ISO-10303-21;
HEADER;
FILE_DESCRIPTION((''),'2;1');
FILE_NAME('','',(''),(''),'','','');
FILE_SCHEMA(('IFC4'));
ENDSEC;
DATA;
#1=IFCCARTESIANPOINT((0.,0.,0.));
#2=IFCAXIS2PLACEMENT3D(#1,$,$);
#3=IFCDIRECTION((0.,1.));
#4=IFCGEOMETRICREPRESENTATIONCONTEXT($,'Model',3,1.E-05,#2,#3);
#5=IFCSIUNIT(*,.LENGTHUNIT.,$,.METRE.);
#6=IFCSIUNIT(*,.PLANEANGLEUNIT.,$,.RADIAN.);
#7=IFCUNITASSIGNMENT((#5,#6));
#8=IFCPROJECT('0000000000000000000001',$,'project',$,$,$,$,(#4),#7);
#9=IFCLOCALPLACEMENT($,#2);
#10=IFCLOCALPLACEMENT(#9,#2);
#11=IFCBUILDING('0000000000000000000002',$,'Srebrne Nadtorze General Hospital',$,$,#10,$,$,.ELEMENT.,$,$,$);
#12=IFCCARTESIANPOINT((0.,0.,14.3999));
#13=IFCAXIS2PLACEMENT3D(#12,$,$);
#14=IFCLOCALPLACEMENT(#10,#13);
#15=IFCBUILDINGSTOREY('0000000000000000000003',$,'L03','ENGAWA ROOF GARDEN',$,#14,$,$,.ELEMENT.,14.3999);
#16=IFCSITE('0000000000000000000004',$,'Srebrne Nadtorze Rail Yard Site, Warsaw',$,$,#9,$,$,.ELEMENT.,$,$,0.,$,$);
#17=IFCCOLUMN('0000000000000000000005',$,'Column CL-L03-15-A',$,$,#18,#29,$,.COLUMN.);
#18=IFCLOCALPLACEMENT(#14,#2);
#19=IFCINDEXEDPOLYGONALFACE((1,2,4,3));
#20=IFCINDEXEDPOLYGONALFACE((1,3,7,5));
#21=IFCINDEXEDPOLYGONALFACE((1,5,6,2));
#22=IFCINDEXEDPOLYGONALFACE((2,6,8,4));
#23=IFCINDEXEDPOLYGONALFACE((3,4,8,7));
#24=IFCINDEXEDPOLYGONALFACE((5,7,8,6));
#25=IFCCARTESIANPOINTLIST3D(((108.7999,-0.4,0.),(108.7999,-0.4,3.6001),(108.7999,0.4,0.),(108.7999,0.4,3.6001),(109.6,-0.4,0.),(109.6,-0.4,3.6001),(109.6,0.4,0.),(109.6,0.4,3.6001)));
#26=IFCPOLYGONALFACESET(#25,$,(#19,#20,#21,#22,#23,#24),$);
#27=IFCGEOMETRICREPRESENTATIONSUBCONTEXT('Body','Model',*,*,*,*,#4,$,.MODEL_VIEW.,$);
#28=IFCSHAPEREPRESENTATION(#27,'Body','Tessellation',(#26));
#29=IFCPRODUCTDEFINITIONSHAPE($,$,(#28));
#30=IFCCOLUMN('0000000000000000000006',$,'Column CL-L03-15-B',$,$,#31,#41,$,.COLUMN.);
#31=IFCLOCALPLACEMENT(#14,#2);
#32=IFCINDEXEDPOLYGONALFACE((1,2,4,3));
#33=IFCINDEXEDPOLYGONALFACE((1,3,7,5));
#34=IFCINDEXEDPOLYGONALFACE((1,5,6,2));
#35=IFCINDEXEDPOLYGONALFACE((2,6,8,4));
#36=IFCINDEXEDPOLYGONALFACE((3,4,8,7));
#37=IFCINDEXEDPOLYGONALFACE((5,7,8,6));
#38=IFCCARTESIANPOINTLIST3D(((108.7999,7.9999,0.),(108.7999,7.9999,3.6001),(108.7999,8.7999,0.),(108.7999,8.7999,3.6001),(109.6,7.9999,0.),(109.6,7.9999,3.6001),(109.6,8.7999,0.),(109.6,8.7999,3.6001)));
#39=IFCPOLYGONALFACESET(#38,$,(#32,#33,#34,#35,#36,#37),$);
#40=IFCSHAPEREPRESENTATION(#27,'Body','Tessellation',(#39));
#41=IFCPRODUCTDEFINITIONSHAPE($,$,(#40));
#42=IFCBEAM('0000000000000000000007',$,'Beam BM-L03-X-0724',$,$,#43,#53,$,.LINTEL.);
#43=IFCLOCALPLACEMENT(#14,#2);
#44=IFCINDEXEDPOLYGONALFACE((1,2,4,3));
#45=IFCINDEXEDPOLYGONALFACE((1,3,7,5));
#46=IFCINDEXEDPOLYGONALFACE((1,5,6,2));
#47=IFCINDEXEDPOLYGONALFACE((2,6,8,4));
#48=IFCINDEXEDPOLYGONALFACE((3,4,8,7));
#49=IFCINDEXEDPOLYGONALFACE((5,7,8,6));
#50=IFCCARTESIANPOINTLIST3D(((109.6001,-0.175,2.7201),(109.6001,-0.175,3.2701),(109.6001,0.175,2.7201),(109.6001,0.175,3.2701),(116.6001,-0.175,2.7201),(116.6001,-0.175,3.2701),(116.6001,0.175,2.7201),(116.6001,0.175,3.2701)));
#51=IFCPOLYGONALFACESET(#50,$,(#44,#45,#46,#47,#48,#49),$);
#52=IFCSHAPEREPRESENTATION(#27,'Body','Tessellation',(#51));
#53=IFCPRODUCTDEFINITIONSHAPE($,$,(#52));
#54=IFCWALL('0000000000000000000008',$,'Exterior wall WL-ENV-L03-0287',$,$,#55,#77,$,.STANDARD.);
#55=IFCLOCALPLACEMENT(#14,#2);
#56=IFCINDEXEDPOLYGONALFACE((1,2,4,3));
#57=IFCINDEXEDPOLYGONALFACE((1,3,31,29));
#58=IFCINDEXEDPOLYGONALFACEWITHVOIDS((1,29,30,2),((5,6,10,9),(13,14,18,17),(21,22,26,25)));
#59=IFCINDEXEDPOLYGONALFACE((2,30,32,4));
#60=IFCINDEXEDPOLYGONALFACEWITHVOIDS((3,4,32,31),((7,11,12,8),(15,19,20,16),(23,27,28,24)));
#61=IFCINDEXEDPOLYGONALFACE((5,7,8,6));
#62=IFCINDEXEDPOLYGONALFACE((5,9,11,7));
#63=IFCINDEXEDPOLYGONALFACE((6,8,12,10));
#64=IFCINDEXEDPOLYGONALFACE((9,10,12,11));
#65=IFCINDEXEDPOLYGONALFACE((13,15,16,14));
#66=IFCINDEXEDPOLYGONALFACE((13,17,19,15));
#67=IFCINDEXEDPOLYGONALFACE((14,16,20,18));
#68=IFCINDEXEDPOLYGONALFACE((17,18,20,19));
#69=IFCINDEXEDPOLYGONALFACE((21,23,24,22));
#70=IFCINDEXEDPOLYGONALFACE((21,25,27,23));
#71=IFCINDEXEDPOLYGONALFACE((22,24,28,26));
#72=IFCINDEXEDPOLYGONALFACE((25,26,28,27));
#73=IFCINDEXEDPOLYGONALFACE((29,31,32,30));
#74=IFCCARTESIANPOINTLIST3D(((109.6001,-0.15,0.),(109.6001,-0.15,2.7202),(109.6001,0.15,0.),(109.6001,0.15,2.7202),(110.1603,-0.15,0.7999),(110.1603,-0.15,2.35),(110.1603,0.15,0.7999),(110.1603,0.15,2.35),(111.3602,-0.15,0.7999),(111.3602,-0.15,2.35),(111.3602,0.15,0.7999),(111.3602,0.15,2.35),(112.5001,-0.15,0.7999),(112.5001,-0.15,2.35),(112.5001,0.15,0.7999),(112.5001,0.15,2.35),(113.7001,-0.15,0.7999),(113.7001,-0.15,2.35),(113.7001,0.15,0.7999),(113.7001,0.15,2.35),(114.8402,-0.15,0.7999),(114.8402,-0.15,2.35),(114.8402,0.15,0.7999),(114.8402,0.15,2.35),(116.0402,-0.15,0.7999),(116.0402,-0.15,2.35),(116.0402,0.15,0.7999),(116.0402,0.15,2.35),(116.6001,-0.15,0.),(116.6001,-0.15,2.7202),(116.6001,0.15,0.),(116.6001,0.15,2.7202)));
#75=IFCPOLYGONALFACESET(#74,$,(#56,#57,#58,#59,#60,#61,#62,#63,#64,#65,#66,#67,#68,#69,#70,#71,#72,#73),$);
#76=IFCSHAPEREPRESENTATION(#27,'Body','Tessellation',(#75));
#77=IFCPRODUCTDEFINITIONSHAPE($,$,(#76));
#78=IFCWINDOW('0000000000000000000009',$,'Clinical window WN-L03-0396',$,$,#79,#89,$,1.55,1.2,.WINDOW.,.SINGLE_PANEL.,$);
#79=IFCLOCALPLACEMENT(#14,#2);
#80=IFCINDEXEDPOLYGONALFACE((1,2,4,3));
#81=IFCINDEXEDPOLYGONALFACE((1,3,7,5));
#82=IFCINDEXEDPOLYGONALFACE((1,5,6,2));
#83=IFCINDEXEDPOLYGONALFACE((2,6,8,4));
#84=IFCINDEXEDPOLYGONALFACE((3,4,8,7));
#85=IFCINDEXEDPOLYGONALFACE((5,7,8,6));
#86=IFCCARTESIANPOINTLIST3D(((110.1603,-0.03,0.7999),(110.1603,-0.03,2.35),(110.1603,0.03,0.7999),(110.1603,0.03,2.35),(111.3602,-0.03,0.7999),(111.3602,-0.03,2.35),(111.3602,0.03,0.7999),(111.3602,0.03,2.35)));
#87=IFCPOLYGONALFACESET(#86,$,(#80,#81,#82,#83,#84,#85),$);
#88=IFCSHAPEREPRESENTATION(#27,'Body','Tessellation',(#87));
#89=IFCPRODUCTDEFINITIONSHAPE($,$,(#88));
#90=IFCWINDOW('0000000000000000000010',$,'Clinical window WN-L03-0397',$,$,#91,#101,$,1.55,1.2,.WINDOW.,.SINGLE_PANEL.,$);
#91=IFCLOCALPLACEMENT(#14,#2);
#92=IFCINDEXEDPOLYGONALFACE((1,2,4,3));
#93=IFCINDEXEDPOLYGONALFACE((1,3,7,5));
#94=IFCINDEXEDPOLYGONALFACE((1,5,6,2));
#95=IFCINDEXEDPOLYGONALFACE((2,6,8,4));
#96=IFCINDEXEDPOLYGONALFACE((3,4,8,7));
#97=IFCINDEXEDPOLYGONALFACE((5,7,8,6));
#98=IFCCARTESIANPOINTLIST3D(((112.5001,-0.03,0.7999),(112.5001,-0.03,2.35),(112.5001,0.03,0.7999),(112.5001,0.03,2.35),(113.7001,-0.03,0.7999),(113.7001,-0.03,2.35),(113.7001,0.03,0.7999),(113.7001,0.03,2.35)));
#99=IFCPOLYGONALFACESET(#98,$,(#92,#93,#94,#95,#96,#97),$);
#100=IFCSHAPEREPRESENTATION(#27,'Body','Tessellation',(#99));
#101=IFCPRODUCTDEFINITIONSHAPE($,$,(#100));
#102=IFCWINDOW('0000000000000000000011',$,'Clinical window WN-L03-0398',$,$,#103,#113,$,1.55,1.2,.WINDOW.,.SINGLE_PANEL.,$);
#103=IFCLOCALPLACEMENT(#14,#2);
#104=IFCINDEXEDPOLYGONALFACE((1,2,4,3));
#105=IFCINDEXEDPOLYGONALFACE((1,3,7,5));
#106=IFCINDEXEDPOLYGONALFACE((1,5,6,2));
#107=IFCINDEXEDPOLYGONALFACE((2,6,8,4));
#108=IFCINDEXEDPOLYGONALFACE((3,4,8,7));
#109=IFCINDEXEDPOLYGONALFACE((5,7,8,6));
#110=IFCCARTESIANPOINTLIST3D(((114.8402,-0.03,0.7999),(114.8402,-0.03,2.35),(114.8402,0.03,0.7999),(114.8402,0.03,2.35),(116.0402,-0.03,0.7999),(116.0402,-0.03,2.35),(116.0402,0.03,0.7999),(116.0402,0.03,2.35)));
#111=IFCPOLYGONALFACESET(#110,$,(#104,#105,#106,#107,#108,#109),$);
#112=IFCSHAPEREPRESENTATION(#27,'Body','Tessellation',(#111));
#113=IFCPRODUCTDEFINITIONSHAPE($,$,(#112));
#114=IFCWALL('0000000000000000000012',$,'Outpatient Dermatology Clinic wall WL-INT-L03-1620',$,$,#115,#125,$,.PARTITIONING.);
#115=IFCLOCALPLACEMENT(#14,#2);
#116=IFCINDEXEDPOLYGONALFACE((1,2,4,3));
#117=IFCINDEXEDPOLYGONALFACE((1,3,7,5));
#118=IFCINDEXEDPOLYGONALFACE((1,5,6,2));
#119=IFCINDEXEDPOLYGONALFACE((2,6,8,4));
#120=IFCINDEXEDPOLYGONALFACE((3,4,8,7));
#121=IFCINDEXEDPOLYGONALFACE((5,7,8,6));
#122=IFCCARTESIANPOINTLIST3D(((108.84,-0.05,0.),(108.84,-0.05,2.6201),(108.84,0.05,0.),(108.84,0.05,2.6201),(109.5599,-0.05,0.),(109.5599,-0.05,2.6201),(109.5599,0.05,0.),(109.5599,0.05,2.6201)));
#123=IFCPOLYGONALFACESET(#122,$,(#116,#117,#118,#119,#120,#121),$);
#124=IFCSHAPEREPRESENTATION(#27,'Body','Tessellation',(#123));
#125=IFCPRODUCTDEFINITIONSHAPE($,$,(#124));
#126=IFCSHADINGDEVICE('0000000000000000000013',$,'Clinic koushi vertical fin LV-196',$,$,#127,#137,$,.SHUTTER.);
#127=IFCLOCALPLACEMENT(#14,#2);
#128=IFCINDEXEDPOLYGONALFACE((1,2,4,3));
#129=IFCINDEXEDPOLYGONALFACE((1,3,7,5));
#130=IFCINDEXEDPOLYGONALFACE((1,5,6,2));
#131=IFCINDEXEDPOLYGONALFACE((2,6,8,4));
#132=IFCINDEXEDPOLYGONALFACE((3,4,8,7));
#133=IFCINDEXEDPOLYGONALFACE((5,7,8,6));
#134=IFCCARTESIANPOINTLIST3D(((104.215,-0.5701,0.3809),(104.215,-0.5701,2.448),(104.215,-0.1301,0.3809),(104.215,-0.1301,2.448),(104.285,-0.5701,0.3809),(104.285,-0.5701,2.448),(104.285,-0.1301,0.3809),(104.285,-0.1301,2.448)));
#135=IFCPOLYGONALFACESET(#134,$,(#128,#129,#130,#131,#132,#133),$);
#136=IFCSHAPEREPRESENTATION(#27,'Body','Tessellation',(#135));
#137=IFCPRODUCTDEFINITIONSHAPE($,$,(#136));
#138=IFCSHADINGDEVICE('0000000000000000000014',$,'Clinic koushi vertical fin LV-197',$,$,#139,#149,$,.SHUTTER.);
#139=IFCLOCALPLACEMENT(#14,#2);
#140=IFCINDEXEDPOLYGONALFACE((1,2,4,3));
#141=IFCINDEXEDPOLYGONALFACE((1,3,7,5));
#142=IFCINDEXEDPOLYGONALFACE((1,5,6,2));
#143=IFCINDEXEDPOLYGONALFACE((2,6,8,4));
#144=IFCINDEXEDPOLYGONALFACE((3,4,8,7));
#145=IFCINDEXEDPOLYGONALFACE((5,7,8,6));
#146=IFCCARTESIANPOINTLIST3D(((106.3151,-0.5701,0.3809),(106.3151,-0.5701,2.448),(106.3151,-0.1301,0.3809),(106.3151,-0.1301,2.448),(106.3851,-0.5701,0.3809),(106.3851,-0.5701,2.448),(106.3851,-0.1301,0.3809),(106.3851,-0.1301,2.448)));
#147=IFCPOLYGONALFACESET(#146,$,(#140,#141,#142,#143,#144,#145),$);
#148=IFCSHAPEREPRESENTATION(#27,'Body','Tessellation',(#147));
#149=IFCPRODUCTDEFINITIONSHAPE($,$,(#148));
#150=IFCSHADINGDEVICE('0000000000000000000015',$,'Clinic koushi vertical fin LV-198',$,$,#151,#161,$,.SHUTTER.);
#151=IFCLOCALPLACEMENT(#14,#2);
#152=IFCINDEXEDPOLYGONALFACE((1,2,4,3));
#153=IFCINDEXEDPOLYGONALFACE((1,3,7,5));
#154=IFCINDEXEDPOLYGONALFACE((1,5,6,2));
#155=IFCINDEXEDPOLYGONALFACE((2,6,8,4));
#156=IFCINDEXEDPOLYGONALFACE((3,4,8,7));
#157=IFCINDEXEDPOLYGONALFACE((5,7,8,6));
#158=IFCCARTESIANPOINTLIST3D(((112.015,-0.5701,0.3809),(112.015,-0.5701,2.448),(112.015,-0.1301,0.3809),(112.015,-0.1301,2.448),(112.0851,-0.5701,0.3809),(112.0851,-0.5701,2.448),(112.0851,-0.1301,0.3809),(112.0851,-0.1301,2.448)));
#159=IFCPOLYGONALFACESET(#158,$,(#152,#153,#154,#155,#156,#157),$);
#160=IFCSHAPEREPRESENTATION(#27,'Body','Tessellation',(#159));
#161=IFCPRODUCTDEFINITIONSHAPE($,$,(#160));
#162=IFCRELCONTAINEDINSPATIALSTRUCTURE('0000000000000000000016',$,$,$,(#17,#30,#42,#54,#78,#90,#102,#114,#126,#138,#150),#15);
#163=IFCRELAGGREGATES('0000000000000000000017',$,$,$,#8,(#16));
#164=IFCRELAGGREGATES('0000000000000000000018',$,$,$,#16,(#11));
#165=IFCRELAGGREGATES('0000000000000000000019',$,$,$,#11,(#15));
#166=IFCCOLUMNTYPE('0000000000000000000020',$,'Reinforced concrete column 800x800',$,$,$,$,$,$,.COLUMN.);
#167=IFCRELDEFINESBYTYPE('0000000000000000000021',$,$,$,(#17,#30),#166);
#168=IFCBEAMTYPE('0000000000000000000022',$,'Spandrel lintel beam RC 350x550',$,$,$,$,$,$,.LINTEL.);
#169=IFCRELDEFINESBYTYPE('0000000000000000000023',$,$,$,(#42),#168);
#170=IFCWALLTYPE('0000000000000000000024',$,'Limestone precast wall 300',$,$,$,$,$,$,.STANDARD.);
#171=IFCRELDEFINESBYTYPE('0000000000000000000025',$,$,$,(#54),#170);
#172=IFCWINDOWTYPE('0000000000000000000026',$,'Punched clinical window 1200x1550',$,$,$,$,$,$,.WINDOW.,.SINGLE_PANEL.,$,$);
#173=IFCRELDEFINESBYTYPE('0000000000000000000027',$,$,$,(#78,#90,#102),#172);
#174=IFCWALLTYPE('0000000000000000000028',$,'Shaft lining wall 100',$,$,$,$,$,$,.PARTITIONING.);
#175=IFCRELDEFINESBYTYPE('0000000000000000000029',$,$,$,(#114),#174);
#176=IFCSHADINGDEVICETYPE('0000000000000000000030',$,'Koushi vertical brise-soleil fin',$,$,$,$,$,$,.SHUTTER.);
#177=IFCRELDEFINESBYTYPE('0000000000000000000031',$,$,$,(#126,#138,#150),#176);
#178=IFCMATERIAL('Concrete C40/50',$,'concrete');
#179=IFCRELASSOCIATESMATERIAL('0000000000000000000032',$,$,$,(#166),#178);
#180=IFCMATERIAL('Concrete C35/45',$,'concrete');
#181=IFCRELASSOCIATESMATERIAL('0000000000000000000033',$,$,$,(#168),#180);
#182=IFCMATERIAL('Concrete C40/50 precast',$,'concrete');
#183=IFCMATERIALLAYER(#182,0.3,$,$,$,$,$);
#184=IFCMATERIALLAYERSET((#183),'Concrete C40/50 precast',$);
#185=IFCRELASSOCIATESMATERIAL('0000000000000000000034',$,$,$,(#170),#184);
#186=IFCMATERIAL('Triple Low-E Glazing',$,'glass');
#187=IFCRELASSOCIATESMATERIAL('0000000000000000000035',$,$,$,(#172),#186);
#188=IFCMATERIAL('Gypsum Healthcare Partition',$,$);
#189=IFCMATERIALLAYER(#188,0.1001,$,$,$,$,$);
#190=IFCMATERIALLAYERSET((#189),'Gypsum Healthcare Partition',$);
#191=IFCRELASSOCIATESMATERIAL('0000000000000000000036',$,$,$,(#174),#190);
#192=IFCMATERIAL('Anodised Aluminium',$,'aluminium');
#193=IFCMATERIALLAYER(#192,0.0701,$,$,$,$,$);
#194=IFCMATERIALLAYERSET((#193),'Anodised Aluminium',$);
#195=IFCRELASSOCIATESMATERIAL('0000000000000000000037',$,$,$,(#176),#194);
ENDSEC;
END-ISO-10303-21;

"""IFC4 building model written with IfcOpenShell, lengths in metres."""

from ifc_helpers import new_model, si_unit, direction, frame, frame_2d, origin, origin_2d, place, context, subcontext, project, spatial, rectangle, extrude, material, layer, layer_set, material_profile, profile_set, type_object, element, fill, save


model = new_model("IFC4")

# Units and contexts
model_context = context("Model", 3, precision=1e-05, world=origin(), true_north=direction((0.0, 1.0)))
body_context = subcontext(model_context, "Body", "Model", "MODEL_VIEW")
ifc_project = project(units=[si_unit("LENGTHUNIT", "METRE"), si_unit("PLANEANGLEUNIT", "RADIAN")], contexts=[model_context])

# Site, building, storey
site_placement = place(None, origin())
site = spatial("IfcSite", under=ifc_project, at=site_placement, Name="Srebrne Nadtorze Rail Yard Site, Warsaw", CompositionType="ELEMENT", RefElevation=0.0)
building_placement = place(site_placement, origin())
building = spatial("IfcBuilding", under=site, at=building_placement, Name="Srebrne Nadtorze General Hospital", CompositionType="ELEMENT")
storey_placement = place(building_placement, frame((0.0, 0.0, 14.3999)))
storey = spatial("IfcBuildingStorey", under=building, at=storey_placement, Name="L03", Description="ENGAWA ROOF GARDEN", CompositionType="ELEMENT", Elevation=14.3999)

# Columns
ifc_material_1 = material(Name="Concrete C40/50", Category="concrete")
ifc_material_profile_1 = material_profile(ifc_material_1, rectangle(XDim=0.8, YDim=0.8, at=origin_2d()), Name="RC-COL-800x800")
ifc_profile_set_1 = profile_set([ifc_material_profile_1], Name="Concrete C40/50")
column_type = type_object("IfcColumnType", Name="Reinforced concrete column 800x800", PredefinedType="COLUMN", material=ifc_profile_set_1)
for number, where, z_axis, x_axis, name in (
    (1, (109.2, 0.0, 0.0), (0.0, 0.0, 1.0), (1.0, 0.0, 0.0), "Column CL-L03-15-A"),
    (2, (109.2, 8.3999, 0.0), (0.0, 0.0, 1.0), (1.0, 0.0, 0.0), "Column CL-L03-15-B"),
):
    element("IfcColumn", number, at=place(storey_placement, frame(where, z_axis=z_axis, x_axis=x_axis)), inside=storey, type_object=column_type, Name=name, PredefinedType="COLUMN", context=body_context, shape_type="SweptSolid", body=[
        extrude(rectangle(XDim=0.8, YDim=0.8, at=origin_2d()), origin(), (0.0, 0.0, 1.0), 3.6001),
    ])

# Beam
ifc_material_2 = material(Name="Concrete C35/45", Category="concrete")
ifc_material_profile_2 = material_profile(ifc_material_2, rectangle(XDim=0.3501, YDim=0.55, at=origin_2d()), Name="RC-BM-350x550")
ifc_profile_set_2 = profile_set([ifc_material_profile_2], Name="Concrete C35/45")
beam_type = type_object("IfcBeamType", Name="Spandrel lintel beam RC 350x550", PredefinedType="LINTEL", material=ifc_profile_set_2)
beam_placement = place(storey_placement, frame((109.6001, 0.0, 2.9951), z_axis=(1.0, 0.0, 0.0), x_axis=(0.0, 1.0, 0.0)))
element("IfcBeam", 3, at=beam_placement, inside=storey, type_object=beam_type, Name="Beam BM-L03-X-0724", PredefinedType="LINTEL", context=body_context, shape_type="SweptSolid", body=[
    extrude(rectangle(XDim=0.3501, YDim=0.55, at=origin_2d()), origin(), (0.0, 0.0, 1.0), 7.0),
])

# Wall, openings, windows
ifc_material_3 = material(Name="Concrete C40/50 precast", Category="concrete")
ifc_layer_1 = layer(ifc_material_3, 0.3)
ifc_layer_set_1 = layer_set([ifc_layer_1], Name="Concrete C40/50 precast")
wall_type_1 = type_object("IfcWallType", Name="Limestone precast wall 300", PredefinedType="STANDARD", material=ifc_layer_set_1)
wall_1_placement = place(storey_placement, frame((109.6001, 0.0, 0.0), z_axis=(0.0, 0.0, 1.0), x_axis=(1.0, 0.0, 0.0)))
wall_1 = element("IfcWall", 4, at=wall_1_placement, inside=storey, type_object=wall_type_1, Name="Exterior wall WL-ENV-L03-0287", PredefinedType="STANDARD", context=body_context, shape_type="SweptSolid", body=[
    extrude(rectangle(XDim=7.0, YDim=0.3, at=frame_2d((3.5, 0.0))), origin(), (0.0, 0.0, 1.0), 2.7202),
])
opening_1_placement = place(wall_1_placement, frame((0.5601, 0.0, 0.8)))
opening_1 = element("IfcOpeningElement", 5, at=opening_1_placement, cuts=wall_1, PredefinedType="OPENING", context=body_context, shape_type="SweptSolid", body=[
    extrude(rectangle(XDim=1.2, YDim=1.55, at=frame_2d((0.6001, 0.7749))), frame((0.0, 0.1621, 0.0), z_axis=(0.0, -1.0, 0.0), x_axis=(1.0, 0.0, 0.0)), (0.0, 0.0, 1.0), 0.324),
])
opening_2_placement = place(wall_1_placement, frame((2.8999, 0.0, 0.8)))
opening_2 = element("IfcOpeningElement", 6, at=opening_2_placement, cuts=wall_1, PredefinedType="OPENING", context=body_context, shape_type="SweptSolid", body=[
    extrude(rectangle(XDim=1.2, YDim=1.55, at=frame_2d((0.6001, 0.7749))), frame((0.0, 0.1621, 0.0), z_axis=(0.0, -1.0, 0.0), x_axis=(1.0, 0.0, 0.0)), (0.0, 0.0, 1.0), 0.324),
])
opening_3_placement = place(wall_1_placement, frame((5.24, 0.0, 0.8)))
opening_3 = element("IfcOpeningElement", 7, at=opening_3_placement, cuts=wall_1, PredefinedType="OPENING", context=body_context, shape_type="SweptSolid", body=[
    extrude(rectangle(XDim=1.2, YDim=1.55, at=frame_2d((0.6001, 0.7749))), frame((0.0, 0.1621, 0.0), z_axis=(0.0, -1.0, 0.0), x_axis=(1.0, 0.0, 0.0)), (0.0, 0.0, 1.0), 0.324),
])
ifc_material_4 = material(Name="Triple Low-E Glazing", Category="glass")
window_type = type_object("IfcWindowType", Name="Punched clinical window 1200x1550", PartitioningType="SINGLE_PANEL", PredefinedType="WINDOW", material=ifc_material_4)
window_1_placement = place(opening_1_placement, origin())
window_1 = element("IfcWindow", 8, at=window_1_placement, inside=storey, type_object=window_type, Name="Clinical window WN-L03-0396", OverallHeight=1.55, OverallWidth=1.2, PartitioningType="SINGLE_PANEL", PredefinedType="WINDOW", context=body_context, shape_type="SweptSolid", body=[
    extrude(rectangle(XDim=1.2, YDim=1.55, at=frame_2d((0.6001, 0.7749))), frame((0.0, 0.03, 0.0), z_axis=(0.0, -1.0, 0.0), x_axis=(1.0, 0.0, 0.0)), (0.0, 0.0, 1.0), 0.0601),
])
fill(opening_1, window_1)
window_2_placement = place(opening_2_placement, origin())
window_2 = element("IfcWindow", 9, at=window_2_placement, inside=storey, type_object=window_type, Name="Clinical window WN-L03-0397", OverallHeight=1.55, OverallWidth=1.2, PartitioningType="SINGLE_PANEL", PredefinedType="WINDOW", context=body_context, shape_type="SweptSolid", body=[
    extrude(rectangle(XDim=1.2, YDim=1.55, at=frame_2d((0.6001, 0.7749))), frame((0.0, 0.03, 0.0), z_axis=(0.0, -1.0, 0.0), x_axis=(1.0, 0.0, 0.0)), (0.0, 0.0, 1.0), 0.0601),
])
fill(opening_2, window_2)
window_3_placement = place(opening_3_placement, origin())
window_3 = element("IfcWindow", 10, at=window_3_placement, inside=storey, type_object=window_type, Name="Clinical window WN-L03-0398", OverallHeight=1.55, OverallWidth=1.2, PartitioningType="SINGLE_PANEL", PredefinedType="WINDOW", context=body_context, shape_type="SweptSolid", body=[
    extrude(rectangle(XDim=1.2, YDim=1.55, at=frame_2d((0.6001, 0.7749))), frame((0.0, 0.03, 0.0), z_axis=(0.0, -1.0, 0.0), x_axis=(1.0, 0.0, 0.0)), (0.0, 0.0, 1.0), 0.0601),
])
fill(opening_3, window_3)

# Wall
ifc_material_5 = material(Name="Gypsum Healthcare Partition")
ifc_layer_2 = layer(ifc_material_5, 0.1001)
ifc_layer_set_2 = layer_set([ifc_layer_2], Name="Gypsum Healthcare Partition")
wall_type_2 = type_object("IfcWallType", Name="Shaft lining wall 100", PredefinedType="PARTITIONING", material=ifc_layer_set_2)
wall_2_placement = place(storey_placement, frame((108.8401, 0.0, 0.0), z_axis=(0.0, 0.0, 1.0), x_axis=(1.0, 0.0, 0.0)))
element("IfcWall", 11, at=wall_2_placement, inside=storey, type_object=wall_type_2, Name="Outpatient Dermatology Clinic wall WL-INT-L03-1620", PredefinedType="PARTITIONING", context=body_context, shape_type="SweptSolid", body=[
    extrude(rectangle(XDim=0.72, YDim=0.1001, at=frame_2d((0.3599, 0.0))), origin(), (0.0, 0.0, 1.0), 2.6201),
])

# Shading devices
ifc_material_6 = material(Name="Anodised Aluminium", Category="aluminium")
ifc_layer_3 = layer(ifc_material_6, 0.0701)
ifc_layer_set_3 = layer_set([ifc_layer_3], Name="Anodised Aluminium")
shading_device_type = type_object("IfcShadingDeviceType", Name="Koushi vertical brise-soleil fin", PredefinedType="SHUTTER", material=ifc_layer_set_3)
for number, where, z_axis, x_axis, name in (
    (12, (104.25, -0.3501, 0.3809), (0.0, 0.0, 1.0), (1.0, 0.0, 0.0), "Clinic koushi vertical fin LV-196"),
    (13, (106.3501, -0.3501, 0.3809), (0.0, 0.0, 1.0), (1.0, 0.0, 0.0), "Clinic koushi vertical fin LV-197"),
    (14, (112.05, -0.3501, 0.3809), (0.0, 0.0, 1.0), (1.0, 0.0, 0.0), "Clinic koushi vertical fin LV-198"),
):
    element("IfcShadingDevice", number, at=place(storey_placement, frame(where, z_axis=z_axis, x_axis=x_axis)), inside=storey, type_object=shading_device_type, Name=name, PredefinedType="SHUTTER", context=body_context, shape_type="SweptSolid", body=[
        extrude(rectangle(XDim=0.0701, YDim=0.4399, at=origin_2d()), origin(), (0.0, 0.0, 1.0), 2.0671),
    ])

save(model, "model.ifc")
